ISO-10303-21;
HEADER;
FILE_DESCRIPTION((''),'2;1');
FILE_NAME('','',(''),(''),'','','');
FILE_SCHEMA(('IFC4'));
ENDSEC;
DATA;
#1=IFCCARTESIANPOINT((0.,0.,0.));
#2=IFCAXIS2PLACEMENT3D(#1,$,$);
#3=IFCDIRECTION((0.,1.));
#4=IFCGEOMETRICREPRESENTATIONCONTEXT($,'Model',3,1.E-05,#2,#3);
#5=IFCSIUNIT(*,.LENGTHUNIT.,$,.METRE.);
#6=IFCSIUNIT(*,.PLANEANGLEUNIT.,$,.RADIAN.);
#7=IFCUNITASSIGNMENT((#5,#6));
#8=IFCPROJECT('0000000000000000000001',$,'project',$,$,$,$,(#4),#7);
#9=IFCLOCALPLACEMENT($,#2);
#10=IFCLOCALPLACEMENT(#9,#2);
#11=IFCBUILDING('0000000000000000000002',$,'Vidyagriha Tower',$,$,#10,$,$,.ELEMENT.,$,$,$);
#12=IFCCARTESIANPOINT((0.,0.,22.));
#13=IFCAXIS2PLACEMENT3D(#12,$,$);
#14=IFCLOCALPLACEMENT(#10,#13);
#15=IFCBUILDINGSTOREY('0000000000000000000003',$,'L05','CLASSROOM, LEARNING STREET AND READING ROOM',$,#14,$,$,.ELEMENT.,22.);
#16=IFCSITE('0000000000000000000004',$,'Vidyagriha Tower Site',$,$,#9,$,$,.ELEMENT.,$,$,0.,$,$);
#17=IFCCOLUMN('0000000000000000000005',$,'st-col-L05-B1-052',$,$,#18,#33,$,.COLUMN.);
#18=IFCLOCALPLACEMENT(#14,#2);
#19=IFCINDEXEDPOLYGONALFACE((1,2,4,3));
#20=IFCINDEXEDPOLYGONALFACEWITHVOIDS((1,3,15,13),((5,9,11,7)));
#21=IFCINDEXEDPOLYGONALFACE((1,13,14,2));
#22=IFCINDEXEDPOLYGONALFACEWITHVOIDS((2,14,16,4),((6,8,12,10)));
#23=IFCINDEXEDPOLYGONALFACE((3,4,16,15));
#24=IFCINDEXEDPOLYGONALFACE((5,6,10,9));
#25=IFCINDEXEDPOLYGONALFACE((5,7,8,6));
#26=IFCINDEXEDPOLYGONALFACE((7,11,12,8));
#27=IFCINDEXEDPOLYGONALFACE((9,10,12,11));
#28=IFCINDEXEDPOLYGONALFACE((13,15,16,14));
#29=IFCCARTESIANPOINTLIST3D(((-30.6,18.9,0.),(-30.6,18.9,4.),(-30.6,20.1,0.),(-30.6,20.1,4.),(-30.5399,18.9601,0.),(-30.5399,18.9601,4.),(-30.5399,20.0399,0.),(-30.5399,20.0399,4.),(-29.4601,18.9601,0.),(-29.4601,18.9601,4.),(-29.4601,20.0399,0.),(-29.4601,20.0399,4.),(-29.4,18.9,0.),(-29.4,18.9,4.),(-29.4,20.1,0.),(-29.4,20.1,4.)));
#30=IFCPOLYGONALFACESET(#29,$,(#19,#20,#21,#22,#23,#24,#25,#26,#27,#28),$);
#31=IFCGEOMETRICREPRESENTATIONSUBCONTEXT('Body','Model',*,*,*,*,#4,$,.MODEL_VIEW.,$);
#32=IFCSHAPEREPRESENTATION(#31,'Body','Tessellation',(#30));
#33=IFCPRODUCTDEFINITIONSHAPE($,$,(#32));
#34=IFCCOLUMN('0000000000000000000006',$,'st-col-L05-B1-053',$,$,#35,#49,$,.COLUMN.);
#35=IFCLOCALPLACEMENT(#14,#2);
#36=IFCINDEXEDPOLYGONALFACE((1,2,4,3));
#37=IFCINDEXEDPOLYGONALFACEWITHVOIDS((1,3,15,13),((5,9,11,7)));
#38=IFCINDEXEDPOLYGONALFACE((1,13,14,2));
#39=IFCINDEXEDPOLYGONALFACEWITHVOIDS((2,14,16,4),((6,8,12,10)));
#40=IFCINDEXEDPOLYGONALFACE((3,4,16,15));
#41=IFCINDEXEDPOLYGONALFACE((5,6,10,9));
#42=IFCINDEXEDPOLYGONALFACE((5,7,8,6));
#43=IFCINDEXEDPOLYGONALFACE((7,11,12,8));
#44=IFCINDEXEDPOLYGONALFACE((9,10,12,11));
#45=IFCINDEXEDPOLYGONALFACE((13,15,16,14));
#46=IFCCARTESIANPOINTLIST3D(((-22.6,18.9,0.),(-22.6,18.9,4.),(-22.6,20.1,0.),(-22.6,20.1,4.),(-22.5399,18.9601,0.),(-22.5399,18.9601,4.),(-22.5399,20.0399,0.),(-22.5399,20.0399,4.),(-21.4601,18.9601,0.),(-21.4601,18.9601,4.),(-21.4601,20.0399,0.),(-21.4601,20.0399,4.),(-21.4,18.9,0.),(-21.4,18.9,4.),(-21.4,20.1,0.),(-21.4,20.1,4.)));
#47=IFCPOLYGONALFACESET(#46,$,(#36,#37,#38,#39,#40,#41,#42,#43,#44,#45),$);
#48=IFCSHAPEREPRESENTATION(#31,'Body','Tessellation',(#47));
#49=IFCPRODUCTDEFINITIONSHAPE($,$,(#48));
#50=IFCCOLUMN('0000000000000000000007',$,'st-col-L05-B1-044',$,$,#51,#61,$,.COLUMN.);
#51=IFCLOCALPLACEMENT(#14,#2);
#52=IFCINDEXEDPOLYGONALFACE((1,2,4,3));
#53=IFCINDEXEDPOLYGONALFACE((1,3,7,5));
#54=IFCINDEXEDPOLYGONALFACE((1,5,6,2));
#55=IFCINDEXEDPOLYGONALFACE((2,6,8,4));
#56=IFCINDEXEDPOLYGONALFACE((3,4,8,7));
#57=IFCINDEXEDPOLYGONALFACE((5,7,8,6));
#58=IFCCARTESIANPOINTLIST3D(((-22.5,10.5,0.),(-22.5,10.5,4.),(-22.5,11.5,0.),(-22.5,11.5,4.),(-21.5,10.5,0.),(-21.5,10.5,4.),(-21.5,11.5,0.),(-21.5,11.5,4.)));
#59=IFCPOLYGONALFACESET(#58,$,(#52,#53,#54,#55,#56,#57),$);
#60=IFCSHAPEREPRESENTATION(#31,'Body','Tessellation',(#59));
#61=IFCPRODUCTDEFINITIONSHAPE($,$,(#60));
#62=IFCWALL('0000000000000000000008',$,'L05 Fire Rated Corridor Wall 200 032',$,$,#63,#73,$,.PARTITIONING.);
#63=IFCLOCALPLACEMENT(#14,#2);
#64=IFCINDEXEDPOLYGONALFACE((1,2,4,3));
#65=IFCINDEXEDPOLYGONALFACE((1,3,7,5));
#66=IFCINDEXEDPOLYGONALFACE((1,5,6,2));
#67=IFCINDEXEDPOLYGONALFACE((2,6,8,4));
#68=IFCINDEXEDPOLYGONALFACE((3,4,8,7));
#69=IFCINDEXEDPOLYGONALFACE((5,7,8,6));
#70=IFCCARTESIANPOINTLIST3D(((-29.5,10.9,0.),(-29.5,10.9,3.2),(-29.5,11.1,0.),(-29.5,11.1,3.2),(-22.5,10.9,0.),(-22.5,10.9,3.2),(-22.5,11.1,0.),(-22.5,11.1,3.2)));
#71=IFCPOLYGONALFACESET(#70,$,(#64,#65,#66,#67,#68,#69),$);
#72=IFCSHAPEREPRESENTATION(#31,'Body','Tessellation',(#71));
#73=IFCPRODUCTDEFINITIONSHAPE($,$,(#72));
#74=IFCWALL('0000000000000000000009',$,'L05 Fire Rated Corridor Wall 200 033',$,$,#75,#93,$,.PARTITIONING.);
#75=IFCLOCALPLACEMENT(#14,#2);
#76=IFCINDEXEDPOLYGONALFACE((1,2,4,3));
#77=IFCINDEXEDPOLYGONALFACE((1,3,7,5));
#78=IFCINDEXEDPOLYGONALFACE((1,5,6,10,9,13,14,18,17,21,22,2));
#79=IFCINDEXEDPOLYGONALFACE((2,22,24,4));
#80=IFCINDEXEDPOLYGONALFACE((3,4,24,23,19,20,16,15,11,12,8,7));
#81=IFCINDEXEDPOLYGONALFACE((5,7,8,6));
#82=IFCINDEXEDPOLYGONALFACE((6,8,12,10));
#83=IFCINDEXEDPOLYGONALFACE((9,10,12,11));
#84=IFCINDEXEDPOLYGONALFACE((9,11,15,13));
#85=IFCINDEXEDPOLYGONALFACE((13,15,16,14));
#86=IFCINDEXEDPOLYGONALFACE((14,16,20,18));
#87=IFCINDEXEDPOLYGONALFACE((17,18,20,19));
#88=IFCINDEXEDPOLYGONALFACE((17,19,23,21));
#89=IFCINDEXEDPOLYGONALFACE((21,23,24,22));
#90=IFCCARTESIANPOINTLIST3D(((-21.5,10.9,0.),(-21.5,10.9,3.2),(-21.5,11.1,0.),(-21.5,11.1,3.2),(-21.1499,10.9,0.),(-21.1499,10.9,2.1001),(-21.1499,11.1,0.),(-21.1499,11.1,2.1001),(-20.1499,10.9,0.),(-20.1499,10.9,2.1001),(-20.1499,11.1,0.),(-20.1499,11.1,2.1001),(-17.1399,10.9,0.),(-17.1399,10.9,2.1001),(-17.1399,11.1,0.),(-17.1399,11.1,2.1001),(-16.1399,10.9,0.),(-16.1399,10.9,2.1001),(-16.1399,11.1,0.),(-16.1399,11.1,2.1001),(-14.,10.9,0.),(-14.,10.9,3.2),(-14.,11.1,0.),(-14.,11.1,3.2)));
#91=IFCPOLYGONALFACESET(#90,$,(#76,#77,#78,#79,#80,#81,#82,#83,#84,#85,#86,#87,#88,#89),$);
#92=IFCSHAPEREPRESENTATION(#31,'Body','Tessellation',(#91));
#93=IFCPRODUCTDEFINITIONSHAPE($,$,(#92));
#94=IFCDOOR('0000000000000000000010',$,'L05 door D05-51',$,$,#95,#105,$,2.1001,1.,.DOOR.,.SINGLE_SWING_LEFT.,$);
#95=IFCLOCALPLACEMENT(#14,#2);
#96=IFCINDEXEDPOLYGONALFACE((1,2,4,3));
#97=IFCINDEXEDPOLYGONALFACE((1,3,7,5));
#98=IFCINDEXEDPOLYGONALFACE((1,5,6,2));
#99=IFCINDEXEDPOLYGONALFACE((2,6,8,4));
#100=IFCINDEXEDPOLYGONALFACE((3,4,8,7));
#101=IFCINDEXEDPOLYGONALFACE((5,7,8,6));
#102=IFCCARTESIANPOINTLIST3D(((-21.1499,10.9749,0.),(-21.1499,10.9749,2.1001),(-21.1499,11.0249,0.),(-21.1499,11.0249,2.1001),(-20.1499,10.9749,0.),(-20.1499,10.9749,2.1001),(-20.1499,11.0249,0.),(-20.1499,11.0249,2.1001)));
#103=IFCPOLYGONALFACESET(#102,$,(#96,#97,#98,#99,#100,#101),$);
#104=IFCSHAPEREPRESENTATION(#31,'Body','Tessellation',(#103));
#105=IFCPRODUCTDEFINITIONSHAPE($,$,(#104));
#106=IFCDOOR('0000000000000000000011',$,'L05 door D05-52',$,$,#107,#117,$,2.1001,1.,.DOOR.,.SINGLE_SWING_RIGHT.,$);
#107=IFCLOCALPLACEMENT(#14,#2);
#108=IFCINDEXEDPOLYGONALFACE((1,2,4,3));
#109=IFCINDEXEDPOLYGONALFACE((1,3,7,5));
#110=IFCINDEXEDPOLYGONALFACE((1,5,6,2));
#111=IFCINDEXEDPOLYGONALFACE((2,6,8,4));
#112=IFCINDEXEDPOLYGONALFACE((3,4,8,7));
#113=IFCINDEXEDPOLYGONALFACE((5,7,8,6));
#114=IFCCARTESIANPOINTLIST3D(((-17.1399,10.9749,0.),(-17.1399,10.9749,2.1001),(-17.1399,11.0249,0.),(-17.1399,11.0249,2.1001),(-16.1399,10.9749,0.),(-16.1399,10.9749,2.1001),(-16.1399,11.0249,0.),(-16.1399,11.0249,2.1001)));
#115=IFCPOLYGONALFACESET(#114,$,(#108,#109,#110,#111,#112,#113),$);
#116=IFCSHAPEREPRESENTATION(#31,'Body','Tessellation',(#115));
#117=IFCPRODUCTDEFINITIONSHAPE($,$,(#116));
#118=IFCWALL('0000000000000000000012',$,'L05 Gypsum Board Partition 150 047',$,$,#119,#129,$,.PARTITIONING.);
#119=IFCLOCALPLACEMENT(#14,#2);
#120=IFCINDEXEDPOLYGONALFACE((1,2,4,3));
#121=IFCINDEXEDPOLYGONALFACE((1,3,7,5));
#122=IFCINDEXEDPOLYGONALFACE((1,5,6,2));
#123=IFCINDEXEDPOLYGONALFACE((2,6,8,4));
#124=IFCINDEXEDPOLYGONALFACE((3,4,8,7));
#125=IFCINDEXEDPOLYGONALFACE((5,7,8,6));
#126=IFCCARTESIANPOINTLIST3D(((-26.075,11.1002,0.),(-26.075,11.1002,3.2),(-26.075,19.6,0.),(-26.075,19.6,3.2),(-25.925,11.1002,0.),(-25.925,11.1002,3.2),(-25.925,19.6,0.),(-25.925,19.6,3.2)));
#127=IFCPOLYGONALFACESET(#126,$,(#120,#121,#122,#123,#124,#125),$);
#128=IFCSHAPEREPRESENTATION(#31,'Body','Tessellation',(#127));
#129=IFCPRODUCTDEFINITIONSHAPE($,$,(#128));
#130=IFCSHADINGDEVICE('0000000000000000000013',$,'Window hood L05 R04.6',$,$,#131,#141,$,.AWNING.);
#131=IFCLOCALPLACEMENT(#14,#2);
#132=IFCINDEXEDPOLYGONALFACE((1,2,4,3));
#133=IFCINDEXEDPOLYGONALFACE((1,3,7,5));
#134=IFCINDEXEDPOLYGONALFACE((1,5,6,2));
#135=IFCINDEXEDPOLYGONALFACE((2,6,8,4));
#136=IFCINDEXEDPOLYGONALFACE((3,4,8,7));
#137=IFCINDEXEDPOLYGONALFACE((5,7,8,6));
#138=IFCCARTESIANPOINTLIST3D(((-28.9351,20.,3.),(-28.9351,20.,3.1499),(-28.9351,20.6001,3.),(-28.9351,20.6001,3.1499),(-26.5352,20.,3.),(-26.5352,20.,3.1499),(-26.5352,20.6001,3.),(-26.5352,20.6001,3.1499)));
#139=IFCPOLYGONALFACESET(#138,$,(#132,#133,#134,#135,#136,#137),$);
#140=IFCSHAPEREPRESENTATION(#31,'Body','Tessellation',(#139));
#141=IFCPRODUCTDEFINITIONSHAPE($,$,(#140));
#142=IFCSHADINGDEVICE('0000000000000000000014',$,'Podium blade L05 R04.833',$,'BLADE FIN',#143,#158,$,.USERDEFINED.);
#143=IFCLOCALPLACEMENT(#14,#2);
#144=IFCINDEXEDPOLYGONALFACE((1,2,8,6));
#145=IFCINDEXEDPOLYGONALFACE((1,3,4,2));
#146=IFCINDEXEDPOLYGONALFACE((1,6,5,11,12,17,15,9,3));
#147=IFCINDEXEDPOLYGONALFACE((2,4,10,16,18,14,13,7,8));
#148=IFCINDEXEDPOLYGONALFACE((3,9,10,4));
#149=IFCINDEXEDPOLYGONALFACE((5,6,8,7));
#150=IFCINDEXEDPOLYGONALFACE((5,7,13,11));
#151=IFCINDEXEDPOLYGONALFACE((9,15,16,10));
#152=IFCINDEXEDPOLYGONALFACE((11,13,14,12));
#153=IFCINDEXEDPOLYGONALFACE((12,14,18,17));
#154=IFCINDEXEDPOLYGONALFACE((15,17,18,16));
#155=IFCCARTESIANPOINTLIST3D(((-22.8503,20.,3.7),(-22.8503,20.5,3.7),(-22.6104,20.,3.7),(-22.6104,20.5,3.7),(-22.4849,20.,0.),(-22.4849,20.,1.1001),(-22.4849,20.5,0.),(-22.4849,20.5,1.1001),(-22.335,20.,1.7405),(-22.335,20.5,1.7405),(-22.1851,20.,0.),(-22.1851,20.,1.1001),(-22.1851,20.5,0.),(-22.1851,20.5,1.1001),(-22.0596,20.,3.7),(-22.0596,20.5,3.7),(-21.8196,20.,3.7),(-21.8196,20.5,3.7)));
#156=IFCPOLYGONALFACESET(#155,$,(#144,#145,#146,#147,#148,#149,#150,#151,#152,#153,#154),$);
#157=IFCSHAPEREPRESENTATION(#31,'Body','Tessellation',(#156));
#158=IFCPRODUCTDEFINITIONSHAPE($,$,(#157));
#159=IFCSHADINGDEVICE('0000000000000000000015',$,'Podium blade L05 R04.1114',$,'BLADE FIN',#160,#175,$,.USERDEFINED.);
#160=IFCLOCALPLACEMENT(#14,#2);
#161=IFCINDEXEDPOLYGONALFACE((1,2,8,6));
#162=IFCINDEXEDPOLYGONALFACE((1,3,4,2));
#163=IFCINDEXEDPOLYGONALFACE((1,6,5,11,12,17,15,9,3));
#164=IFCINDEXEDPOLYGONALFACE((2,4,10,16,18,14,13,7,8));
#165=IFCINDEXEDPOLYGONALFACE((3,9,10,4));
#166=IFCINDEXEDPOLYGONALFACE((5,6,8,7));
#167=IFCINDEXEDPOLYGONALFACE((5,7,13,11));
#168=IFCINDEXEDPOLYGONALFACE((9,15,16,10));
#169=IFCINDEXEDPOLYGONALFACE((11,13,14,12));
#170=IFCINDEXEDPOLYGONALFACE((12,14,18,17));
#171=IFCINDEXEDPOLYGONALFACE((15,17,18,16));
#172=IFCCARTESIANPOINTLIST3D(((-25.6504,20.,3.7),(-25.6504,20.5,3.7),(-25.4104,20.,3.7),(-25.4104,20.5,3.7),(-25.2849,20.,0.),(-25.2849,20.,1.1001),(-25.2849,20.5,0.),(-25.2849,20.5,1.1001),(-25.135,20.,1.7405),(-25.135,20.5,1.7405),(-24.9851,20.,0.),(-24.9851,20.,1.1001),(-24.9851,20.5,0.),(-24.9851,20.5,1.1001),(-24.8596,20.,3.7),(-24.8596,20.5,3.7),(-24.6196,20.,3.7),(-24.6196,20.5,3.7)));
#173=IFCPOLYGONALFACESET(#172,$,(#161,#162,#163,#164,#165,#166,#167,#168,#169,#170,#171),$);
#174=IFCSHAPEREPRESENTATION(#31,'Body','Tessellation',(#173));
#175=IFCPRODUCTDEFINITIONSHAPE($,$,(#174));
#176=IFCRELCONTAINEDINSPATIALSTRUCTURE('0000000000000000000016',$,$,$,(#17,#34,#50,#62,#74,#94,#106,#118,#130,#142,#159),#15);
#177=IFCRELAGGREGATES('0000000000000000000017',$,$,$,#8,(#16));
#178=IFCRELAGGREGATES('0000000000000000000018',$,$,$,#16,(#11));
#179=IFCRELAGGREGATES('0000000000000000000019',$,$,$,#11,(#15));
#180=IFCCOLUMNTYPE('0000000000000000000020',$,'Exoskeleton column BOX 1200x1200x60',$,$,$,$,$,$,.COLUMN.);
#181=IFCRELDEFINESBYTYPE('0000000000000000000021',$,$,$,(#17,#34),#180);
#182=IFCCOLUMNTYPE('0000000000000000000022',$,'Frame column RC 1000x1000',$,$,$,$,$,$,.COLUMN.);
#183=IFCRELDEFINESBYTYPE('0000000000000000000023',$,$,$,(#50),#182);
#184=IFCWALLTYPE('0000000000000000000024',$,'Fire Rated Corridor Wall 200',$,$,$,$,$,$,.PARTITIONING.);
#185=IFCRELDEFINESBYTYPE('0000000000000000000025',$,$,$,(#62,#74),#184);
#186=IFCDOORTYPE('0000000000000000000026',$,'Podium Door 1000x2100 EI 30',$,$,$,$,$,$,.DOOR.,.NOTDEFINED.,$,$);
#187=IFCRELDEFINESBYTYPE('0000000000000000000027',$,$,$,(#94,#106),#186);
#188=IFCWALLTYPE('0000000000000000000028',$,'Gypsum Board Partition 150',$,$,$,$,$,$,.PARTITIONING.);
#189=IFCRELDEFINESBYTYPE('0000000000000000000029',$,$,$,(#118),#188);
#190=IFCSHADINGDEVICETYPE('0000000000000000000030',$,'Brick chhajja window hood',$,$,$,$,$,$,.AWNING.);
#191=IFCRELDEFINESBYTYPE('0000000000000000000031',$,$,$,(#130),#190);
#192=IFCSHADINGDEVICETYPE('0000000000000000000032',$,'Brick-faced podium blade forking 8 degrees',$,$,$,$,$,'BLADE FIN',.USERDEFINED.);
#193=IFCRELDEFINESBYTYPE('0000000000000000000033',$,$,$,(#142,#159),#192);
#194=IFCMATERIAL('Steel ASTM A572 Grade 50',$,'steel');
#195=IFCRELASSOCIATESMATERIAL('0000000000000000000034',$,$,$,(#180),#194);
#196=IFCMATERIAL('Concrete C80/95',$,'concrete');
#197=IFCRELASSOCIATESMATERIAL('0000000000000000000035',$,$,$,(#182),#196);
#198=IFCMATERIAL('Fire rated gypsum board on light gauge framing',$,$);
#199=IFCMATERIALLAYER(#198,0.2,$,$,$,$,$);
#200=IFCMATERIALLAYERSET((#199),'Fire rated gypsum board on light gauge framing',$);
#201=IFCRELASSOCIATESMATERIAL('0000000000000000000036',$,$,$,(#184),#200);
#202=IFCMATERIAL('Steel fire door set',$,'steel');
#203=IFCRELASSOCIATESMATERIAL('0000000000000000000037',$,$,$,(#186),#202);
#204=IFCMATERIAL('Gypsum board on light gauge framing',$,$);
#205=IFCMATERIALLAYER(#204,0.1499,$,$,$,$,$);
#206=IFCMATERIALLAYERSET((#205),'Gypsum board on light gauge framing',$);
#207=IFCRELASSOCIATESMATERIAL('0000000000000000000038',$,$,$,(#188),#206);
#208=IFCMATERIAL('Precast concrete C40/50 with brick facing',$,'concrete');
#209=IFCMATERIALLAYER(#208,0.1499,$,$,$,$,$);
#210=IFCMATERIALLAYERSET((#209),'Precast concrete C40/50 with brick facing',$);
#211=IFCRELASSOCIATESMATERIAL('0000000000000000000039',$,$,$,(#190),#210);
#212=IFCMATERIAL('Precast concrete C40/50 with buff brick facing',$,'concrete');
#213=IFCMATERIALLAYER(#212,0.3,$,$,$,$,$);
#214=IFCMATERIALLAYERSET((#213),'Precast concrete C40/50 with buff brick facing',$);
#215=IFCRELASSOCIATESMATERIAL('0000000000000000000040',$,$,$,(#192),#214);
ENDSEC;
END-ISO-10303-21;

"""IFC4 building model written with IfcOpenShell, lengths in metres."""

from ifc_helpers import new_model, si_unit, direction, frame, frame_2d, origin, origin_2d, place, context, subcontext, project, spatial, polyline, rectangle, hollow_rectangle, outline, extrude, material, layer, layer_set, material_profile, profile_set, type_object, element, fill, save


model = new_model("IFC4")

# Units and contexts
model_context = context("Model", 3, precision=1e-05, world=origin(), true_north=direction((0.0, 1.0)))
body_context = subcontext(model_context, "Body", "Model", "MODEL_VIEW")
ifc_project = project(units=[si_unit("LENGTHUNIT", "METRE"), si_unit("PLANEANGLEUNIT", "RADIAN")], contexts=[model_context])

# Site, building, storey
site_placement = place(None, origin())
site = spatial("IfcSite", under=ifc_project, at=site_placement, Name="Vidyagriha Tower Site", CompositionType="ELEMENT", RefElevation=0.0)
building_placement = place(site_placement, origin())
building = spatial("IfcBuilding", under=site, at=building_placement, Name="Vidyagriha Tower", CompositionType="ELEMENT")
storey_placement = place(building_placement, frame((0.0, 0.0, 22.0)))
storey = spatial("IfcBuildingStorey", under=building, at=storey_placement, Name="L05", Description="CLASSROOM, LEARNING STREET AND READING ROOM", CompositionType="ELEMENT", Elevation=22.0)

# Columns
ifc_material_1 = material(Name="Steel ASTM A572 Grade 50", Category="steel")
ifc_material_profile_1 = material_profile(ifc_material_1, hollow_rectangle(XDim=1.2, YDim=1.2, WallThickness=0.0601, at=origin_2d()), Name="BOX 1200x1200x60")
ifc_profile_set_1 = profile_set([ifc_material_profile_1], Name="Steel ASTM A572 Grade 50")
column_type_1 = type_object("IfcColumnType", Name="Exoskeleton column BOX 1200x1200x60", PredefinedType="COLUMN", material=ifc_profile_set_1)
for number, where, name in (
    (1, (-30.0, 19.5, 0.0), "st-col-L05-B1-052"),
    (2, (-22.0, 19.5, 0.0), "st-col-L05-B1-053"),
):
    element("IfcColumn", number, at=place(storey_placement, frame(where)), inside=storey, type_object=column_type_1, Name=name, PredefinedType="COLUMN", context=body_context, shape_type="SweptSolid", body=[
        extrude(hollow_rectangle(XDim=1.2, YDim=1.2, WallThickness=0.0601, at=origin_2d()), origin(), (0.0, 0.0, 1.0), 4.0),
    ])
ifc_material_2 = material(Name="Concrete C80/95", Category="concrete")
ifc_material_profile_2 = material_profile(ifc_material_2, rectangle(XDim=1.0, YDim=1.0, at=origin_2d()), Name="RC 1000x1000")
ifc_profile_set_2 = profile_set([ifc_material_profile_2], Name="Concrete C80/95")
column_type_2 = type_object("IfcColumnType", Name="Frame column RC 1000x1000", PredefinedType="COLUMN", material=ifc_profile_set_2)
column_placement = place(storey_placement, frame((-22.0, 11.0, 0.0)))
element("IfcColumn", 3, at=column_placement, inside=storey, type_object=column_type_2, Name="st-col-L05-B1-044", PredefinedType="COLUMN", context=body_context, shape_type="SweptSolid", body=[
    extrude(rectangle(XDim=1.0, YDim=1.0, at=origin_2d()), origin(), (0.0, 0.0, 1.0), 4.0),
])

# Wall
ifc_material_3 = material(Name="Fire rated gypsum board on light gauge framing")
ifc_layer_1 = layer(ifc_material_3, 0.2)
ifc_layer_set_1 = layer_set([ifc_layer_1], Name="Fire rated gypsum board on light gauge framing")
wall_type_1 = type_object("IfcWallType", Name="Fire Rated Corridor Wall 200", PredefinedType="PARTITIONING", material=ifc_layer_set_1)
wall_1_placement = place(storey_placement, frame((-29.5, 11.0, 0.0)))
element("IfcWall", 4, at=wall_1_placement, inside=storey, type_object=wall_type_1, Name="L05 Fire Rated Corridor Wall 200 032", PredefinedType="PARTITIONING", context=body_context, shape_type="SweptSolid", body=[
    extrude(rectangle(XDim=7.0, YDim=0.2, at=frame_2d((3.5, 0.0))), origin(), (0.0, 0.0, 1.0), 3.2),
])

# Wall, openings, doors
wall_2_placement = place(storey_placement, frame((-21.5, 11.0, 0.0)))
wall_2 = element("IfcWall", 5, at=wall_2_placement, inside=storey, type_object=wall_type_1, Name="L05 Fire Rated Corridor Wall 200 033", PredefinedType="PARTITIONING", context=body_context, shape_type="SweptSolid", body=[
    extrude(rectangle(XDim=7.5, YDim=0.2, at=frame_2d((3.75, 0.0))), origin(), (0.0, 0.0, 1.0), 3.2),
])
opening_1_placement = place(wall_2_placement, frame((0.3501, 0.0, 0.0)))
opening_1 = element("IfcOpeningElement", 6, at=opening_1_placement, cuts=wall_2, PredefinedType="OPENING", context=body_context, shape_type="SweptSolid", body=[
    extrude(rectangle(XDim=1.0, YDim=2.1001, at=frame_2d((0.5, 1.05))), frame((0.0, 0.1099, 0.0), z_axis=(0.0, -1.0, 0.0), x_axis=(1.0, 0.0, 0.0)), (0.0, 0.0, 1.0), 0.22),
])
opening_2_placement = place(wall_2_placement, frame((4.3601, 0.0, 0.0)))
opening_2 = element("IfcOpeningElement", 7, at=opening_2_placement, cuts=wall_2, PredefinedType="OPENING", context=body_context, shape_type="SweptSolid", body=[
    extrude(rectangle(XDim=1.0, YDim=2.1001, at=frame_2d((0.5, 1.05))), frame((0.0, 0.1099, 0.0), z_axis=(0.0, -1.0, 0.0), x_axis=(1.0, 0.0, 0.0)), (0.0, 0.0, 1.0), 0.22),
])
ifc_material_4 = material(Name="Steel fire door set", Category="steel")
door_type = type_object("IfcDoorType", Name="Podium Door 1000x2100 EI 30", OperationType="NOTDEFINED", PredefinedType="DOOR", material=ifc_material_4)
door_1_placement = place(opening_1_placement, origin())
door_1 = element("IfcDoor", 8, at=door_1_placement, inside=storey, type_object=door_type, Name="L05 door D05-51", OperationType="SINGLE_SWING_LEFT", OverallHeight=2.1001, OverallWidth=1.0, PredefinedType="DOOR", context=body_context, shape_type="SweptSolid", body=[
    extrude(rectangle(XDim=1.0, YDim=2.1001, at=frame_2d((0.5, 1.05))), frame((0.0, 0.0249, 0.0), z_axis=(0.0, -1.0, 0.0), x_axis=(1.0, 0.0, 0.0)), (0.0, 0.0, 1.0), 0.05),
])
fill(opening_1, door_1)
door_2_placement = place(opening_2_placement, origin())
door_2 = element("IfcDoor", 9, at=door_2_placement, inside=storey, type_object=door_type, Name="L05 door D05-52", OperationType="SINGLE_SWING_RIGHT", OverallHeight=2.1001, OverallWidth=1.0, PredefinedType="DOOR", context=body_context, shape_type="SweptSolid", body=[
    extrude(rectangle(XDim=1.0, YDim=2.1001, at=frame_2d((0.5, 1.05))), frame((0.0, 0.0249, 0.0), z_axis=(0.0, -1.0, 0.0), x_axis=(1.0, 0.0, 0.0)), (0.0, 0.0, 1.0), 0.05),
])
fill(opening_2, door_2)

# Wall
ifc_material_5 = material(Name="Gypsum board on light gauge framing")
ifc_layer_2 = layer(ifc_material_5, 0.1499)
ifc_layer_set_2 = layer_set([ifc_layer_2], Name="Gypsum board on light gauge framing")
wall_type_2 = type_object("IfcWallType", Name="Gypsum Board Partition 150", PredefinedType="PARTITIONING", material=ifc_layer_set_2)
wall_3_placement = place(storey_placement, frame((-26.0, 11.1001, 0.0), z_axis=(0.0, 0.0, 1.0), x_axis=(0.0, 1.0, 0.0)))
element("IfcWall", 10, at=wall_3_placement, inside=storey, type_object=wall_type_2, Name="L05 Gypsum Board Partition 150 047", PredefinedType="PARTITIONING", context=body_context, shape_type="SweptSolid", body=[
    extrude(rectangle(XDim=8.4998, YDim=0.1499, at=frame_2d((4.25, 0.0))), origin(), (0.0, 0.0, 1.0), 3.2),
])

# Shading devices
ifc_material_6 = material(Name="Precast concrete C40/50 with brick facing", Category="concrete")
ifc_layer_3 = layer(ifc_material_6, 0.1499)
ifc_layer_set_3 = layer_set([ifc_layer_3], Name="Precast concrete C40/50 with brick facing")
shading_device_type_1 = type_object("IfcShadingDeviceType", Name="Brick chhajja window hood", PredefinedType="AWNING", material=ifc_layer_set_3)
shading_device_placement = place(storey_placement, frame((-27.7351, 20.3, 3.0), z_axis=(0.0, 0.0, 1.0), x_axis=(-1.0, 0.0, 0.0)))
element("IfcShadingDevice", 11, at=shading_device_placement, inside=storey, type_object=shading_device_type_1, Name="Window hood L05 R04.6", PredefinedType="AWNING", context=body_context, shape_type="SweptSolid", body=[
    extrude(rectangle(XDim=2.3999, YDim=0.6001, at=origin_2d()), origin(), (0.0, 0.0, 1.0), 0.1499),
])
ifc_material_7 = material(Name="Precast concrete C40/50 with buff brick facing", Category="concrete")
ifc_layer_4 = layer(ifc_material_7, 0.3)
ifc_layer_set_4 = layer_set([ifc_layer_4], Name="Precast concrete C40/50 with buff brick facing")
shading_device_type_2 = type_object("IfcShadingDeviceType", Name="Brick-faced podium blade forking 8 degrees", ElementType="BLADE FIN", PredefinedType="USERDEFINED", material=ifc_layer_set_4)
for number, where, z_axis, x_axis, name in (
    (12, (-21.8196, 20.25, 0.0), (0.0, 0.0, 1.0), (-1.0, 0.0, 0.0), "Podium blade L05 R04.833"),
    (13, (-24.6196, 20.25, 0.0), (0.0, 0.0, 1.0), (-1.0, 0.0, 0.0), "Podium blade L05 R04.1114"),
):
    element("IfcShadingDevice", number, at=place(storey_placement, frame(where, z_axis=z_axis, x_axis=x_axis)), inside=storey, type_object=shading_device_type_2, Name=name, ObjectType="BLADE FIN", PredefinedType="USERDEFINED", context=body_context, shape_type="SweptSolid", body=[
        extrude(outline(polyline([(0.6653, 0.0), (0.6653, 1.1001), (1.0308, 3.7), (0.7908, 3.7), (0.5154, 1.7405), (0.24, 3.7), (0.0, 3.7), (0.3655, 1.1001), (0.3655, 0.0), (0.6653, 0.0)])), frame((0.0, 0.25, 0.0), z_axis=(0.0, -1.0, 0.0), x_axis=(1.0, 0.0, 0.0)), (0.0, 0.0, 1.0), 0.5),
    ])

save(model, "model.ifc")
